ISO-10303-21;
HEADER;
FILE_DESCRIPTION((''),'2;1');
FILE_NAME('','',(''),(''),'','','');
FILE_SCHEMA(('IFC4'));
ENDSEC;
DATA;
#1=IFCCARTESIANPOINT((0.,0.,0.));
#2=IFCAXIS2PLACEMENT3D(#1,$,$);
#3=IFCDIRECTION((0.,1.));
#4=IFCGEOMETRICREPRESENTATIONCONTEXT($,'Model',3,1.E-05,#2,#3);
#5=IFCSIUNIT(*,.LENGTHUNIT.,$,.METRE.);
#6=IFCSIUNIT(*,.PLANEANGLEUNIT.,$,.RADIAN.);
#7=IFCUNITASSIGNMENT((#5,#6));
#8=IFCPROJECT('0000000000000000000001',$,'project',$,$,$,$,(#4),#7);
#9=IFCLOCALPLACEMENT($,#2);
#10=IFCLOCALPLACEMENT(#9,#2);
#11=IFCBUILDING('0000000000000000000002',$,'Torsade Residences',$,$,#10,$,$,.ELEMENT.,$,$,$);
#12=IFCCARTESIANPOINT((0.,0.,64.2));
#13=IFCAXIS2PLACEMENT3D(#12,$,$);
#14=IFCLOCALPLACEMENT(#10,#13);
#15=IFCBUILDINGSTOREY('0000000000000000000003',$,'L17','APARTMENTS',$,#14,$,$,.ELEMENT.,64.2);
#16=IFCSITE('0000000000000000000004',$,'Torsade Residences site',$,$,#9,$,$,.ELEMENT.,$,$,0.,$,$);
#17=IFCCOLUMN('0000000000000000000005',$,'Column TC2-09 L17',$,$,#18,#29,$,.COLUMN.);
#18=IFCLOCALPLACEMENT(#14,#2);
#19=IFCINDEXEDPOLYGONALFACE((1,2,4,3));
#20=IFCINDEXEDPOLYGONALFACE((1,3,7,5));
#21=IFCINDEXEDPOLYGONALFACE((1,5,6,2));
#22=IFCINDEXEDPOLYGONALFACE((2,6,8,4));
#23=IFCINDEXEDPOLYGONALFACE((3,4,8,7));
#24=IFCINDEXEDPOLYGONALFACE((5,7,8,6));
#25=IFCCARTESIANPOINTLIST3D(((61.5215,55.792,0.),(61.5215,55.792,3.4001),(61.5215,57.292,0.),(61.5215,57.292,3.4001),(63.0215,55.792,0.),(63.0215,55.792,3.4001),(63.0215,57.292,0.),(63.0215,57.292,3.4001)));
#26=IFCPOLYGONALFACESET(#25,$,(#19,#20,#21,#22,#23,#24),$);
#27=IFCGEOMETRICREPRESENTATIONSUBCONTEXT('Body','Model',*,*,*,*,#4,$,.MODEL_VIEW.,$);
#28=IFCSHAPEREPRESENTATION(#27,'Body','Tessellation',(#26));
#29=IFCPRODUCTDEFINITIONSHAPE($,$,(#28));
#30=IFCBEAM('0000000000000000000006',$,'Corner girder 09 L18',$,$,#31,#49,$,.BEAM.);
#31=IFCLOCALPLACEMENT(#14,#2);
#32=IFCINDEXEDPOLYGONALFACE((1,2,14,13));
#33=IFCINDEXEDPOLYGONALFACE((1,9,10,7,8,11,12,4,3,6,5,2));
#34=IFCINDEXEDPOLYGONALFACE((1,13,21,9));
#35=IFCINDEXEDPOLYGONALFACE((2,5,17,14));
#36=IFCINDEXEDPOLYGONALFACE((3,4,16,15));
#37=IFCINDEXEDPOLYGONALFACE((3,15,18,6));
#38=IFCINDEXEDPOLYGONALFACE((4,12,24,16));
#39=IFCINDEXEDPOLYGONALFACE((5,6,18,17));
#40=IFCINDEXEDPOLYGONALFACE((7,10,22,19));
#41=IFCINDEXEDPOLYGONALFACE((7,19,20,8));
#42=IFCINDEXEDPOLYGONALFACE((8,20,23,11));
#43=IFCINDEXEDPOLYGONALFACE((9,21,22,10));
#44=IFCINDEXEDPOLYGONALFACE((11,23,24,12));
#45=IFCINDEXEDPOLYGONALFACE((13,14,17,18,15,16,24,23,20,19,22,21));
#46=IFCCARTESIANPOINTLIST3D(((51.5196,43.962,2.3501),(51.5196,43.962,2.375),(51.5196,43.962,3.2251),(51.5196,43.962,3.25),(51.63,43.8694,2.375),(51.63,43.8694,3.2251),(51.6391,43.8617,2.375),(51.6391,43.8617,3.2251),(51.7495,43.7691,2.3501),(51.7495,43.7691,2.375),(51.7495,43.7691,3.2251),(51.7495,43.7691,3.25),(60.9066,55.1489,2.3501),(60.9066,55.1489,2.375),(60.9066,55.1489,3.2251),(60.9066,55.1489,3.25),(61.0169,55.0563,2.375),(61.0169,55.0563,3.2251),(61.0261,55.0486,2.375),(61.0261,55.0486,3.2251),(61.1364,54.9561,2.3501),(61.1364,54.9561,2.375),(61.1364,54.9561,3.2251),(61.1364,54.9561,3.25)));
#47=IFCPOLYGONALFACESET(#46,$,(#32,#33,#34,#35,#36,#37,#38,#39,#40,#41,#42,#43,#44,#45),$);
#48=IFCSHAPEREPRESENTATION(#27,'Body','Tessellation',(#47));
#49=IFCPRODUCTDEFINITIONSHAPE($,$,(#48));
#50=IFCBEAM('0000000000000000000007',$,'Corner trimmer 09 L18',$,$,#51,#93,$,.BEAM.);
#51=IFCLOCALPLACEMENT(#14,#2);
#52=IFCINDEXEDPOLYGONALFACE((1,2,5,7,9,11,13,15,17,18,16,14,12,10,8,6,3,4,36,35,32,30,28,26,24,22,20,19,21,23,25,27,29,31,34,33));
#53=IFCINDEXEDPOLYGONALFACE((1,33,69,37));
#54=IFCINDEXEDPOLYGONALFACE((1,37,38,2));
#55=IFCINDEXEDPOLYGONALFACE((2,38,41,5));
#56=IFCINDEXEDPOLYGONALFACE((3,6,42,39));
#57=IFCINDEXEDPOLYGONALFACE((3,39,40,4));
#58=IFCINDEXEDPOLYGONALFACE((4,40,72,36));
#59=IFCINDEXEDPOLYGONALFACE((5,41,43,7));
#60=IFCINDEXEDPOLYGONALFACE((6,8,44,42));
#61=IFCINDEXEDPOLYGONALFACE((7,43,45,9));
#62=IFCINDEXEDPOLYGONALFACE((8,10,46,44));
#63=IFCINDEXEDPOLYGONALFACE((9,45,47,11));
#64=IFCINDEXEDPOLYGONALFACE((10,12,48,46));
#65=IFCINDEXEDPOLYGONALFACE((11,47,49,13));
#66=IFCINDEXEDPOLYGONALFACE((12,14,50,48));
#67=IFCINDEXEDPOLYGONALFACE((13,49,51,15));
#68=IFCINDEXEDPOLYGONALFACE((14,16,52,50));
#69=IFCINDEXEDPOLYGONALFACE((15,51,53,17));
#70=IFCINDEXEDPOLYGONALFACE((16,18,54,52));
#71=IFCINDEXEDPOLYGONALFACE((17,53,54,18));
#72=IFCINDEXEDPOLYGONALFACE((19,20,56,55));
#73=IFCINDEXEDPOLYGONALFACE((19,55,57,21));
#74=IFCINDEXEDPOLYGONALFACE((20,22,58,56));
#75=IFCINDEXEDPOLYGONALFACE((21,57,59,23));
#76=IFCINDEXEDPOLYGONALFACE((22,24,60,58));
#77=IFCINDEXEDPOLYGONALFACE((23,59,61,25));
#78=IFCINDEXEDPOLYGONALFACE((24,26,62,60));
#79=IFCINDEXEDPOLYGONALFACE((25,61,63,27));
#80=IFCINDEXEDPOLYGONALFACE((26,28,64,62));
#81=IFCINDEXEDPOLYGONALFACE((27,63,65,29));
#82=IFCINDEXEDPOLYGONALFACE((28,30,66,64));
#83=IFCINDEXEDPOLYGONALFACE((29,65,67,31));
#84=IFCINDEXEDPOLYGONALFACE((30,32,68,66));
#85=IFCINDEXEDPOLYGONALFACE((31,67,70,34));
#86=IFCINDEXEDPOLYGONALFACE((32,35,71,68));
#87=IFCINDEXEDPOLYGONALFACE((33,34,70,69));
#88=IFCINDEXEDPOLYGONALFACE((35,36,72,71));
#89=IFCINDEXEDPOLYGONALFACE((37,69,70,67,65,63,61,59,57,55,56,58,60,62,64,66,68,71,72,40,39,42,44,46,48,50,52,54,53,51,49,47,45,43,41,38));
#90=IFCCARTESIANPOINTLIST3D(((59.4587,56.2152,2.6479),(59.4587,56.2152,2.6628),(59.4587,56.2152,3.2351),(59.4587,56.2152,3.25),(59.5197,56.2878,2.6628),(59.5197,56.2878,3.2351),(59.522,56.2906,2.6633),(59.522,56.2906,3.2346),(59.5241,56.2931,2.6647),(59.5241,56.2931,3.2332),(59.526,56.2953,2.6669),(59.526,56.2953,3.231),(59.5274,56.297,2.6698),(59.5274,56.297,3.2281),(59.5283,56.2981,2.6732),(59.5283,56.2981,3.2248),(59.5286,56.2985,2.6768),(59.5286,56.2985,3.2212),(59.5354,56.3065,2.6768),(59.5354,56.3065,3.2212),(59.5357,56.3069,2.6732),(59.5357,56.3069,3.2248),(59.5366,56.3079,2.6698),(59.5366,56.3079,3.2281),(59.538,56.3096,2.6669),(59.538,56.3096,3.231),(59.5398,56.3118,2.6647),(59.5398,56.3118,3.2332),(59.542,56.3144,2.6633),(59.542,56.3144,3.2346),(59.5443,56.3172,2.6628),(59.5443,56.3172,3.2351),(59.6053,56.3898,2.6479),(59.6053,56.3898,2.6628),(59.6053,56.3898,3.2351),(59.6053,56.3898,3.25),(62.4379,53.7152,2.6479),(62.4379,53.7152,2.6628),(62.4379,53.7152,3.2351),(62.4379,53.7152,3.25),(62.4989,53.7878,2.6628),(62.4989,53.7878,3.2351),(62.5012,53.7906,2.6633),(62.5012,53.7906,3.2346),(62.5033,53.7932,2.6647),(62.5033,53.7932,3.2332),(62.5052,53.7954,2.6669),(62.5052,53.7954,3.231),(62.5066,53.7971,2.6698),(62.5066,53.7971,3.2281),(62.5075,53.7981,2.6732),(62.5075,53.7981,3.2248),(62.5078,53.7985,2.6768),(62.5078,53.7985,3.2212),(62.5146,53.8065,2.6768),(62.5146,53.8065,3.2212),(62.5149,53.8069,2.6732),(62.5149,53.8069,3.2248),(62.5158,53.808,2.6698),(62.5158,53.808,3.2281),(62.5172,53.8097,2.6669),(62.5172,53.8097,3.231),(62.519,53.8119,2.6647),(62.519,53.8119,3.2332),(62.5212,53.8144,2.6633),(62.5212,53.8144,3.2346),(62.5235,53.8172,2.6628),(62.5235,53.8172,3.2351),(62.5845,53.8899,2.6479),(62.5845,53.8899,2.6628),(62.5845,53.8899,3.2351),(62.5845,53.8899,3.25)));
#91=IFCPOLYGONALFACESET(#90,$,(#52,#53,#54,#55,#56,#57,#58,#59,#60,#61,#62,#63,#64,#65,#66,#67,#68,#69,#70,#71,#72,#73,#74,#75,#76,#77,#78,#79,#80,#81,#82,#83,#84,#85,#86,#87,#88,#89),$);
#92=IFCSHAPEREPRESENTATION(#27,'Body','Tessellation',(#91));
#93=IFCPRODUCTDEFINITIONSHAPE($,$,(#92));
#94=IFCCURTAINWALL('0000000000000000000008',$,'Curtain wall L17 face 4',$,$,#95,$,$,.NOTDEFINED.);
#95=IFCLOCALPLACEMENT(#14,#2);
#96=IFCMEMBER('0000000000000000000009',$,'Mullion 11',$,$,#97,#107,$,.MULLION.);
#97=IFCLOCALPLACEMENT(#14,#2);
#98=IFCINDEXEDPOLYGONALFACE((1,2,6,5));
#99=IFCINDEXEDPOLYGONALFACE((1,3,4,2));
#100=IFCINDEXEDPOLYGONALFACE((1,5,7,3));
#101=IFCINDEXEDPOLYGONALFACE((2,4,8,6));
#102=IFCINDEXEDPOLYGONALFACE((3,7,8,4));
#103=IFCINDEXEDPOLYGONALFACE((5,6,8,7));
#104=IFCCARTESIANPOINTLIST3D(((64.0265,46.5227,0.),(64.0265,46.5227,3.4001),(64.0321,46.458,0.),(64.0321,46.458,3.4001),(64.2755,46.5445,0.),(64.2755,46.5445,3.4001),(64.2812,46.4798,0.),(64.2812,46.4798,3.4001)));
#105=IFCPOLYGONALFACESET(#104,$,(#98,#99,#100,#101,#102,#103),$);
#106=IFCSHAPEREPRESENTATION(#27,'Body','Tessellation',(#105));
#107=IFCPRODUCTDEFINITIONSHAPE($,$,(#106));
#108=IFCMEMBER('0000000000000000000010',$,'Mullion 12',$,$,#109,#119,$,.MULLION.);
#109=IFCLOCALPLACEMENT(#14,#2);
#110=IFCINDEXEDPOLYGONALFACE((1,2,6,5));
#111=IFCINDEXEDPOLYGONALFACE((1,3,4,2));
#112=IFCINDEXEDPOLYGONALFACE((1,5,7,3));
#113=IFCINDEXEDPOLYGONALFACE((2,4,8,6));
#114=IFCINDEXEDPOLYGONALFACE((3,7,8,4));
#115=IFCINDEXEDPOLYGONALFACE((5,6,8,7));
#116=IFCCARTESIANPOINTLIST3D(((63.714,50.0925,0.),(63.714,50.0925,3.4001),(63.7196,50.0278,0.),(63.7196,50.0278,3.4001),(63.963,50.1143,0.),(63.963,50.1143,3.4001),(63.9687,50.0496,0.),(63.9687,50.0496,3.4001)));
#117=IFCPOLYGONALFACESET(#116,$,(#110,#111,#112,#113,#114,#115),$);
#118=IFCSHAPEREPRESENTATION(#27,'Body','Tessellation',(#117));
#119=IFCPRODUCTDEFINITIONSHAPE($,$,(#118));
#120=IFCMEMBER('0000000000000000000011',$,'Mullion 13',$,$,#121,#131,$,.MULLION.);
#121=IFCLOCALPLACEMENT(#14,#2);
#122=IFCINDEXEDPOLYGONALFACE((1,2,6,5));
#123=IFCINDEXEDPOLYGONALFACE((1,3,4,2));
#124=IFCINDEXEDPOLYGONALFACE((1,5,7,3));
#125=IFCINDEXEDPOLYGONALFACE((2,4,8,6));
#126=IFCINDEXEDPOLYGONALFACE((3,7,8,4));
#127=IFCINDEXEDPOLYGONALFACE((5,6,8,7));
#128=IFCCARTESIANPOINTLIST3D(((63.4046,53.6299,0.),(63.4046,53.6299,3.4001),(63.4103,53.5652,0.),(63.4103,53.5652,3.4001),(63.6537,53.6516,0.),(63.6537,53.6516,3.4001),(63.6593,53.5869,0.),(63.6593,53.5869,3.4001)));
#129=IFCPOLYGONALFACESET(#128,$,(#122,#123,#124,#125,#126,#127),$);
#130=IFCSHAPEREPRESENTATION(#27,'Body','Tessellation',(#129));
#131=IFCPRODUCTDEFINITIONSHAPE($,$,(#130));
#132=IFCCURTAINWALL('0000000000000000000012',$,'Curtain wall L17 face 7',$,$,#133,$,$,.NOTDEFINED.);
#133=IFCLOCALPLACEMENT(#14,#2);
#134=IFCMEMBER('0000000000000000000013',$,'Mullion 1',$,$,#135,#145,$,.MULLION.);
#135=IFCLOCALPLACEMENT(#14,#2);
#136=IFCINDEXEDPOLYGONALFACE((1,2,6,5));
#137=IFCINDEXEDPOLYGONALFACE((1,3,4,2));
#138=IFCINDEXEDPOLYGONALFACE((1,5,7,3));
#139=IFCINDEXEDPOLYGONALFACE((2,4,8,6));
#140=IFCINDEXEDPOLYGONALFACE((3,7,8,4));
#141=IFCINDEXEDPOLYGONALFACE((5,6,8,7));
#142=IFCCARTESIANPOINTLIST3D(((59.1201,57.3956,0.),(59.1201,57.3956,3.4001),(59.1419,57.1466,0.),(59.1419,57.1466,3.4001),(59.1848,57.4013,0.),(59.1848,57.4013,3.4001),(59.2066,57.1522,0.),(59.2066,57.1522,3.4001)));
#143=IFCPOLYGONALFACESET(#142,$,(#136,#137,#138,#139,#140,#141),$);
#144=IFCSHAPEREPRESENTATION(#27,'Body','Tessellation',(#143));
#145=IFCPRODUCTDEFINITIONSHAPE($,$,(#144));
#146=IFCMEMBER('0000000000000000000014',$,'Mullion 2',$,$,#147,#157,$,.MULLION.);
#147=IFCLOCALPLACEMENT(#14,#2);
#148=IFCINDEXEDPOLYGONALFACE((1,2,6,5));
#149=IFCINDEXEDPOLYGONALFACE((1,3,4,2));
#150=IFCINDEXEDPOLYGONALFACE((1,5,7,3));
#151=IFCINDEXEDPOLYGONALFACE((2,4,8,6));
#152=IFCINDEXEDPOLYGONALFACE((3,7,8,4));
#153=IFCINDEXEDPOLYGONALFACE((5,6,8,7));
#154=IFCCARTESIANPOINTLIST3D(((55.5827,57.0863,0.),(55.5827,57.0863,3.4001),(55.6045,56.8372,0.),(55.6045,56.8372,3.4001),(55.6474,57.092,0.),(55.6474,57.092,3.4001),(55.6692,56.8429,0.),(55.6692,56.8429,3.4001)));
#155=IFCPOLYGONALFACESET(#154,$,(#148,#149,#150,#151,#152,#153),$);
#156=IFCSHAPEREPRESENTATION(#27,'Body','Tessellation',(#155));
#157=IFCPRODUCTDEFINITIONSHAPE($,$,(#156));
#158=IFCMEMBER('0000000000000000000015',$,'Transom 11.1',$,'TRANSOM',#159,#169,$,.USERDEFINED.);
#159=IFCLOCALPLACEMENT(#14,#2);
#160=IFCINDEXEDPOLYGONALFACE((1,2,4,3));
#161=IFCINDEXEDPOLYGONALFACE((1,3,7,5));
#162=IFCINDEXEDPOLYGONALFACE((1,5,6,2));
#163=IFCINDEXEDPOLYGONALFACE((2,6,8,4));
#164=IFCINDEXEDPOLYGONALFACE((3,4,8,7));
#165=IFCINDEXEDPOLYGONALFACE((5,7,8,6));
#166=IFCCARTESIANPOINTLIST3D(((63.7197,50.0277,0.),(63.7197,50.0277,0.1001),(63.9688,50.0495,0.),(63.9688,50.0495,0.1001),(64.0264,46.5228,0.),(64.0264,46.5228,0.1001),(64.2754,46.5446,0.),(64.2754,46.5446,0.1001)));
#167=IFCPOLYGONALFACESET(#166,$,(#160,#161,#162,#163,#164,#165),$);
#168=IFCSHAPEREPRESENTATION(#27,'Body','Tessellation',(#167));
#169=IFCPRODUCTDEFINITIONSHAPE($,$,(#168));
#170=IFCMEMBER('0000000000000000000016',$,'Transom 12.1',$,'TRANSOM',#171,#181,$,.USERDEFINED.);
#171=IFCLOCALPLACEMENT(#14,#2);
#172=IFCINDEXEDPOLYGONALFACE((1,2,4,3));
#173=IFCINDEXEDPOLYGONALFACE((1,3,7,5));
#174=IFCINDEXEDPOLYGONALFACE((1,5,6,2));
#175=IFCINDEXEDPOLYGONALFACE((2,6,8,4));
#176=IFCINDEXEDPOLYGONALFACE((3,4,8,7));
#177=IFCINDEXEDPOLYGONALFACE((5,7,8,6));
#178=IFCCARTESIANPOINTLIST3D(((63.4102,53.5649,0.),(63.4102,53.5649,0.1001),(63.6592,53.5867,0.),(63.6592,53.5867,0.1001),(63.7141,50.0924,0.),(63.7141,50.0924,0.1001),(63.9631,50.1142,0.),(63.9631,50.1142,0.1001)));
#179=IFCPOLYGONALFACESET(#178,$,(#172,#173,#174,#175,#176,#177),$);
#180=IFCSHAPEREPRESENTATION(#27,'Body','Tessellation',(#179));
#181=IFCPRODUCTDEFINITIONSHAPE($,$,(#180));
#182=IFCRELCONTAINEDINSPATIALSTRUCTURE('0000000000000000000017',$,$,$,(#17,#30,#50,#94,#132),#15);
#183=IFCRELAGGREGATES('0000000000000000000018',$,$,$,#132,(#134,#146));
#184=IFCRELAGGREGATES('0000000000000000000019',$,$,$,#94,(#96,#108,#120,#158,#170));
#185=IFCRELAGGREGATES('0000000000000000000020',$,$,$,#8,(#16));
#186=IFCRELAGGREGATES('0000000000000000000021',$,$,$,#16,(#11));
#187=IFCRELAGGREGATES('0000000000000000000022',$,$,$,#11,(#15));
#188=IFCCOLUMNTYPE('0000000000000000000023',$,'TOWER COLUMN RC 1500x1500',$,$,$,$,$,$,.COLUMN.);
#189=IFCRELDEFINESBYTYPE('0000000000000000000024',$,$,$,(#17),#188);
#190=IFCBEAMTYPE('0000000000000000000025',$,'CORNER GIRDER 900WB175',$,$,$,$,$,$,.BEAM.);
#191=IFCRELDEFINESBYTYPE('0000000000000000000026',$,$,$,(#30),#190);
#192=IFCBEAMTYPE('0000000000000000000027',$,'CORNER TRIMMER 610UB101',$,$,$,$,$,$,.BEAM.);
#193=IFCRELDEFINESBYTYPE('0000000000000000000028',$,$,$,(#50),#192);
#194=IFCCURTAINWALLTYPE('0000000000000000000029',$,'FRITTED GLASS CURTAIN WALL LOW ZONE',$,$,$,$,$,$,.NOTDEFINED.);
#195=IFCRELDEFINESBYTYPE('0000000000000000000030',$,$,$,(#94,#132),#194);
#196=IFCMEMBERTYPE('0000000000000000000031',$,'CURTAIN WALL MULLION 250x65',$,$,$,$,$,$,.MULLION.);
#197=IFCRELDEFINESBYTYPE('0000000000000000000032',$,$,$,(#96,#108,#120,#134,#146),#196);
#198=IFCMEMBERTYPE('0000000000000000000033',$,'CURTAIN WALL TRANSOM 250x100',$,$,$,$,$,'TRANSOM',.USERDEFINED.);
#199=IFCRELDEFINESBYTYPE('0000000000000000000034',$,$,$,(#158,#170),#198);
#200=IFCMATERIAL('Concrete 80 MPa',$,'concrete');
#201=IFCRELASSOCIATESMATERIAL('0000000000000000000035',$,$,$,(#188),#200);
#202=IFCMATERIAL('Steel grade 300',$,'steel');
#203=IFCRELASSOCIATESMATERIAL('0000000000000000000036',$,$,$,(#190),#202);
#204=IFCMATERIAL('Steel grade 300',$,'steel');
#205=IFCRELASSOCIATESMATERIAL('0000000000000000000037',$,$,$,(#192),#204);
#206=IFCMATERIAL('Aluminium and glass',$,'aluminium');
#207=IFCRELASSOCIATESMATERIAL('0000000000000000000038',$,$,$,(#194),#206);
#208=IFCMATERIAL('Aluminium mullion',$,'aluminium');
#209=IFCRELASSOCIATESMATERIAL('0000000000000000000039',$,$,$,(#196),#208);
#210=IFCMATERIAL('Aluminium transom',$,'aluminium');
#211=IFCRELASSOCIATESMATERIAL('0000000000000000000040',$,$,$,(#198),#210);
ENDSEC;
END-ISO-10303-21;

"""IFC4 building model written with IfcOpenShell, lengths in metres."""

from ifc_helpers import new_model, si_unit, direction, frame, origin, origin_2d, place, context, subcontext, project, spatial, rectangle, i_section, extrude, material, material_profile, profile_set, type_object, element, aggregate, save


model = new_model("IFC4")

# Units and contexts
model_context = context("Model", 3, precision=1e-05, world=origin(), true_north=direction((0.0, 1.0)))
body_context = subcontext(model_context, "Body", "Model", "MODEL_VIEW")
ifc_project = project(units=[si_unit("LENGTHUNIT", "METRE"), si_unit("PLANEANGLEUNIT", "RADIAN")], contexts=[model_context])

# Site, building, storey
site_placement = place(None, origin())
site = spatial("IfcSite", under=ifc_project, at=site_placement, Name="Torsade Residences site", CompositionType="ELEMENT", RefElevation=0.0)
building_placement = place(site_placement, origin())
building = spatial("IfcBuilding", under=site, at=building_placement, Name="Torsade Residences", CompositionType="ELEMENT")
storey_placement = place(building_placement, frame((0.0, 0.0, 64.2)))
storey = spatial("IfcBuildingStorey", under=building, at=storey_placement, Name="L17", Description="APARTMENTS", CompositionType="ELEMENT", Elevation=64.2)

# Column
ifc_material_1 = material(Name="Concrete 80 MPa", Category="concrete")
ifc_material_profile_1 = material_profile(ifc_material_1, rectangle(XDim=1.5, YDim=1.5, at=origin_2d()), Name="RC 1500x1500")
ifc_profile_set_1 = profile_set([ifc_material_profile_1], Name="Concrete 80 MPa")
column_type = type_object("IfcColumnType", Name="TOWER COLUMN RC 1500x1500", PredefinedType="COLUMN", material=ifc_profile_set_1)
column_placement = place(storey_placement, frame((62.2715, 56.542, 0.0), z_axis=(0.0, 0.0, 1.0), x_axis=(1.0, 0.0, 0.0)))
element("IfcColumn", 1, at=column_placement, inside=storey, type_object=column_type, Name="Column TC2-09 L17", PredefinedType="COLUMN", context=body_context, shape_type="SweptSolid", body=[
    extrude(rectangle(XDim=1.5, YDim=1.5, at=origin_2d()), origin(), (0.0, 0.0, 1.0), 3.4001),
])

# Beams
ifc_material_2 = material(Name="Steel grade 300", Category="steel")
ifc_material_profile_2 = material_profile(ifc_material_2, i_section(OverallWidth=0.3, OverallDepth=0.8999, WebThickness=0.012, FlangeThickness=0.0249, at=origin_2d()), Name="900WB175")
ifc_profile_set_2 = profile_set([ifc_material_profile_2], Name="Steel grade 300")
beam_type_1 = type_object("IfcBeamType", Name="CORNER GIRDER 900WB175", PredefinedType="BEAM", material=ifc_profile_set_2)
beam_1_placement = place(storey_placement, frame((61.0215, 55.0525, 2.8), z_axis=(-0.642785, -0.766046, 0.0), x_axis=(0.766046, -0.642785, 0.0)))
element("IfcBeam", 2, at=beam_1_placement, inside=storey, type_object=beam_type_1, Name="Corner girder 09 L18", PredefinedType="BEAM", context=body_context, shape_type="SweptSolid", body=[
    extrude(i_section(OverallWidth=0.3, OverallDepth=0.8999, WebThickness=0.012, FlangeThickness=0.0249, at=origin_2d()), origin(), (0.0, 0.0, 1.0), 14.6035),
])
ifc_material_3 = material(Name="Steel grade 300", Category="steel")
ifc_material_profile_3 = material_profile(ifc_material_3, i_section(OverallWidth=0.228, OverallDepth=0.6021, WebThickness=0.0105, FlangeThickness=0.0149, FilletRadius=0.0139, at=origin_2d()), Name="610UB101")
ifc_profile_set_3 = profile_set([ifc_material_profile_3], Name="Steel grade 300")
beam_type_2 = type_object("IfcBeamType", Name="CORNER TRIMMER 610UB101", PredefinedType="BEAM", material=ifc_profile_set_3)
beam_2_placement = place(storey_placement, frame((59.532, 56.3025, 2.949), z_axis=(0.76603, -0.642805, 0.0), x_axis=(0.642805, 0.76603, 0.0)))
element("IfcBeam", 3, at=beam_2_placement, inside=storey, type_object=beam_type_2, Name="Corner trimmer 09 L18", PredefinedType="BEAM", context=body_context, shape_type="SweptSolid", body=[
    extrude(i_section(OverallWidth=0.228, OverallDepth=0.6021, WebThickness=0.0105, FlangeThickness=0.0149, FilletRadius=0.0139, at=origin_2d()), origin(), (0.0, 0.0, 1.0), 3.8892),
])

# Curtain walls, members
ifc_material_4 = material(Name="Aluminium and glass", Category="aluminium")
curtain_wall_type = type_object("IfcCurtainWallType", Name="FRITTED GLASS CURTAIN WALL LOW ZONE", PredefinedType="NOTDEFINED", material=ifc_material_4)
curtain_wall_1_placement = place(storey_placement, origin())
curtain_wall_1 = element("IfcCurtainWall", 4, at=curtain_wall_1_placement, inside=storey, type_object=curtain_wall_type, Name="Curtain wall L17 face 4", PredefinedType="NOTDEFINED")
ifc_material_5 = material(Name="Aluminium mullion", Category="aluminium")
ifc_material_profile_4 = material_profile(ifc_material_5, rectangle(XDim=0.25, YDim=0.0649, at=origin_2d()), Name="CURTAIN WALL MULLION 250x65")
ifc_profile_set_4 = profile_set([ifc_material_profile_4], Name="Aluminium mullion")
member_type_1 = type_object("IfcMemberType", Name="CURTAIN WALL MULLION 250x65", PredefinedType="MULLION", material=ifc_profile_set_4)
member_1_placement = place(storey_placement, frame((64.1538, 46.5012, 0.0), z_axis=(0.0, 0.0, 1.0), x_axis=(-0.996195, -0.087156, 0.0)))
member_1 = element("IfcMember", 5, at=member_1_placement, type_object=member_type_1, Name="Mullion 11", PredefinedType="MULLION", context=body_context, shape_type="SweptSolid", body=[
    extrude(rectangle(XDim=0.25, YDim=0.0649, at=origin_2d()), origin(), (0.0, 0.0, 1.0), 3.4001),
])
member_2_placement = place(storey_placement, frame((63.8413, 50.071, 0.0), z_axis=(0.0, 0.0, 1.0), x_axis=(-0.996195, -0.087156, 0.0)))
member_2 = element("IfcMember", 6, at=member_2_placement, type_object=member_type_1, Name="Mullion 12", PredefinedType="MULLION", context=body_context, shape_type="SweptSolid", body=[
    extrude(rectangle(XDim=0.25, YDim=0.0649, at=origin_2d()), origin(), (0.0, 0.0, 1.0), 3.4001),
])
member_3_placement = place(storey_placement, frame((63.532, 53.6084, 0.0), z_axis=(0.0, 0.0, 1.0), x_axis=(-0.996195, -0.087156, 0.0)))
member_3 = element("IfcMember", 7, at=member_3_placement, type_object=member_type_1, Name="Mullion 13", PredefinedType="MULLION", context=body_context, shape_type="SweptSolid", body=[
    extrude(rectangle(XDim=0.25, YDim=0.0649, at=origin_2d()), origin(), (0.0, 0.0, 1.0), 3.4001),
])
curtain_wall_2_placement = place(storey_placement, origin())
curtain_wall_2 = element("IfcCurtainWall", 8, at=curtain_wall_2_placement, inside=storey, type_object=curtain_wall_type, Name="Curtain wall L17 face 7", PredefinedType="NOTDEFINED")
member_4_placement = place(storey_placement, frame((59.1633, 57.2739, 0.0), z_axis=(0.0, 0.0, 1.0), x_axis=(0.087156, -0.996195, 0.0)))
member_4 = element("IfcMember", 9, at=member_4_placement, type_object=member_type_1, Name="Mullion 1", PredefinedType="MULLION", context=body_context, shape_type="SweptSolid", body=[
    extrude(rectangle(XDim=0.25, YDim=0.0649, at=origin_2d()), origin(), (0.0, 0.0, 1.0), 3.4001),
])
member_5_placement = place(storey_placement, frame((55.626, 56.9646, 0.0), z_axis=(0.0, 0.0, 1.0), x_axis=(0.087156, -0.996195, 0.0)))
member_5 = element("IfcMember", 10, at=member_5_placement, type_object=member_type_1, Name="Mullion 2", PredefinedType="MULLION", context=body_context, shape_type="SweptSolid", body=[
    extrude(rectangle(XDim=0.25, YDim=0.0649, at=origin_2d()), origin(), (0.0, 0.0, 1.0), 3.4001),
])

# Members
ifc_material_6 = material(Name="Aluminium transom", Category="aluminium")
ifc_material_profile_5 = material_profile(ifc_material_6, rectangle(XDim=0.25, YDim=0.1001, at=origin_2d()), Name="CURTAIN WALL TRANSOM 250x100")
ifc_profile_set_5 = profile_set([ifc_material_profile_5], Name="Aluminium transom")
member_type_2 = type_object("IfcMemberType", Name="CURTAIN WALL TRANSOM 250x100", ElementType="TRANSOM", PredefinedType="USERDEFINED", material=ifc_profile_set_5)
member_6_placement = place(storey_placement, frame((64.1509, 46.5337, 0.05), z_axis=(-0.087157, 0.996195, 0.0), x_axis=(-0.996195, -0.087157, 0.0)))
member_6 = element("IfcMember", 11, at=member_6_placement, type_object=member_type_2, Name="Transom 11.1", ObjectType="TRANSOM", PredefinedType="USERDEFINED", context=body_context, shape_type="SweptSolid", body=[
    extrude(rectangle(XDim=0.25, YDim=0.1001, at=origin_2d()), origin(), (0.0, 0.0, 1.0), 3.5183),
])
member_7_placement = place(storey_placement, frame((63.8386, 50.1033, 0.05), z_axis=(-0.087195, 0.996191, 0.0), x_axis=(-0.996191, -0.087195, 0.0)))
member_7 = element("IfcMember", 12, at=member_7_placement, type_object=member_type_2, Name="Transom 12.1", ObjectType="TRANSOM", PredefinedType="USERDEFINED", context=body_context, shape_type="SweptSolid", body=[
    extrude(rectangle(XDim=0.25, YDim=0.1001, at=origin_2d()), origin(), (0.0, 0.0, 1.0), 3.4858),
])

aggregate(curtain_wall_2, [member_4, member_5])
aggregate(curtain_wall_1, [member_1, member_2, member_3, member_6, member_7])

save(model, "model.ifc")
